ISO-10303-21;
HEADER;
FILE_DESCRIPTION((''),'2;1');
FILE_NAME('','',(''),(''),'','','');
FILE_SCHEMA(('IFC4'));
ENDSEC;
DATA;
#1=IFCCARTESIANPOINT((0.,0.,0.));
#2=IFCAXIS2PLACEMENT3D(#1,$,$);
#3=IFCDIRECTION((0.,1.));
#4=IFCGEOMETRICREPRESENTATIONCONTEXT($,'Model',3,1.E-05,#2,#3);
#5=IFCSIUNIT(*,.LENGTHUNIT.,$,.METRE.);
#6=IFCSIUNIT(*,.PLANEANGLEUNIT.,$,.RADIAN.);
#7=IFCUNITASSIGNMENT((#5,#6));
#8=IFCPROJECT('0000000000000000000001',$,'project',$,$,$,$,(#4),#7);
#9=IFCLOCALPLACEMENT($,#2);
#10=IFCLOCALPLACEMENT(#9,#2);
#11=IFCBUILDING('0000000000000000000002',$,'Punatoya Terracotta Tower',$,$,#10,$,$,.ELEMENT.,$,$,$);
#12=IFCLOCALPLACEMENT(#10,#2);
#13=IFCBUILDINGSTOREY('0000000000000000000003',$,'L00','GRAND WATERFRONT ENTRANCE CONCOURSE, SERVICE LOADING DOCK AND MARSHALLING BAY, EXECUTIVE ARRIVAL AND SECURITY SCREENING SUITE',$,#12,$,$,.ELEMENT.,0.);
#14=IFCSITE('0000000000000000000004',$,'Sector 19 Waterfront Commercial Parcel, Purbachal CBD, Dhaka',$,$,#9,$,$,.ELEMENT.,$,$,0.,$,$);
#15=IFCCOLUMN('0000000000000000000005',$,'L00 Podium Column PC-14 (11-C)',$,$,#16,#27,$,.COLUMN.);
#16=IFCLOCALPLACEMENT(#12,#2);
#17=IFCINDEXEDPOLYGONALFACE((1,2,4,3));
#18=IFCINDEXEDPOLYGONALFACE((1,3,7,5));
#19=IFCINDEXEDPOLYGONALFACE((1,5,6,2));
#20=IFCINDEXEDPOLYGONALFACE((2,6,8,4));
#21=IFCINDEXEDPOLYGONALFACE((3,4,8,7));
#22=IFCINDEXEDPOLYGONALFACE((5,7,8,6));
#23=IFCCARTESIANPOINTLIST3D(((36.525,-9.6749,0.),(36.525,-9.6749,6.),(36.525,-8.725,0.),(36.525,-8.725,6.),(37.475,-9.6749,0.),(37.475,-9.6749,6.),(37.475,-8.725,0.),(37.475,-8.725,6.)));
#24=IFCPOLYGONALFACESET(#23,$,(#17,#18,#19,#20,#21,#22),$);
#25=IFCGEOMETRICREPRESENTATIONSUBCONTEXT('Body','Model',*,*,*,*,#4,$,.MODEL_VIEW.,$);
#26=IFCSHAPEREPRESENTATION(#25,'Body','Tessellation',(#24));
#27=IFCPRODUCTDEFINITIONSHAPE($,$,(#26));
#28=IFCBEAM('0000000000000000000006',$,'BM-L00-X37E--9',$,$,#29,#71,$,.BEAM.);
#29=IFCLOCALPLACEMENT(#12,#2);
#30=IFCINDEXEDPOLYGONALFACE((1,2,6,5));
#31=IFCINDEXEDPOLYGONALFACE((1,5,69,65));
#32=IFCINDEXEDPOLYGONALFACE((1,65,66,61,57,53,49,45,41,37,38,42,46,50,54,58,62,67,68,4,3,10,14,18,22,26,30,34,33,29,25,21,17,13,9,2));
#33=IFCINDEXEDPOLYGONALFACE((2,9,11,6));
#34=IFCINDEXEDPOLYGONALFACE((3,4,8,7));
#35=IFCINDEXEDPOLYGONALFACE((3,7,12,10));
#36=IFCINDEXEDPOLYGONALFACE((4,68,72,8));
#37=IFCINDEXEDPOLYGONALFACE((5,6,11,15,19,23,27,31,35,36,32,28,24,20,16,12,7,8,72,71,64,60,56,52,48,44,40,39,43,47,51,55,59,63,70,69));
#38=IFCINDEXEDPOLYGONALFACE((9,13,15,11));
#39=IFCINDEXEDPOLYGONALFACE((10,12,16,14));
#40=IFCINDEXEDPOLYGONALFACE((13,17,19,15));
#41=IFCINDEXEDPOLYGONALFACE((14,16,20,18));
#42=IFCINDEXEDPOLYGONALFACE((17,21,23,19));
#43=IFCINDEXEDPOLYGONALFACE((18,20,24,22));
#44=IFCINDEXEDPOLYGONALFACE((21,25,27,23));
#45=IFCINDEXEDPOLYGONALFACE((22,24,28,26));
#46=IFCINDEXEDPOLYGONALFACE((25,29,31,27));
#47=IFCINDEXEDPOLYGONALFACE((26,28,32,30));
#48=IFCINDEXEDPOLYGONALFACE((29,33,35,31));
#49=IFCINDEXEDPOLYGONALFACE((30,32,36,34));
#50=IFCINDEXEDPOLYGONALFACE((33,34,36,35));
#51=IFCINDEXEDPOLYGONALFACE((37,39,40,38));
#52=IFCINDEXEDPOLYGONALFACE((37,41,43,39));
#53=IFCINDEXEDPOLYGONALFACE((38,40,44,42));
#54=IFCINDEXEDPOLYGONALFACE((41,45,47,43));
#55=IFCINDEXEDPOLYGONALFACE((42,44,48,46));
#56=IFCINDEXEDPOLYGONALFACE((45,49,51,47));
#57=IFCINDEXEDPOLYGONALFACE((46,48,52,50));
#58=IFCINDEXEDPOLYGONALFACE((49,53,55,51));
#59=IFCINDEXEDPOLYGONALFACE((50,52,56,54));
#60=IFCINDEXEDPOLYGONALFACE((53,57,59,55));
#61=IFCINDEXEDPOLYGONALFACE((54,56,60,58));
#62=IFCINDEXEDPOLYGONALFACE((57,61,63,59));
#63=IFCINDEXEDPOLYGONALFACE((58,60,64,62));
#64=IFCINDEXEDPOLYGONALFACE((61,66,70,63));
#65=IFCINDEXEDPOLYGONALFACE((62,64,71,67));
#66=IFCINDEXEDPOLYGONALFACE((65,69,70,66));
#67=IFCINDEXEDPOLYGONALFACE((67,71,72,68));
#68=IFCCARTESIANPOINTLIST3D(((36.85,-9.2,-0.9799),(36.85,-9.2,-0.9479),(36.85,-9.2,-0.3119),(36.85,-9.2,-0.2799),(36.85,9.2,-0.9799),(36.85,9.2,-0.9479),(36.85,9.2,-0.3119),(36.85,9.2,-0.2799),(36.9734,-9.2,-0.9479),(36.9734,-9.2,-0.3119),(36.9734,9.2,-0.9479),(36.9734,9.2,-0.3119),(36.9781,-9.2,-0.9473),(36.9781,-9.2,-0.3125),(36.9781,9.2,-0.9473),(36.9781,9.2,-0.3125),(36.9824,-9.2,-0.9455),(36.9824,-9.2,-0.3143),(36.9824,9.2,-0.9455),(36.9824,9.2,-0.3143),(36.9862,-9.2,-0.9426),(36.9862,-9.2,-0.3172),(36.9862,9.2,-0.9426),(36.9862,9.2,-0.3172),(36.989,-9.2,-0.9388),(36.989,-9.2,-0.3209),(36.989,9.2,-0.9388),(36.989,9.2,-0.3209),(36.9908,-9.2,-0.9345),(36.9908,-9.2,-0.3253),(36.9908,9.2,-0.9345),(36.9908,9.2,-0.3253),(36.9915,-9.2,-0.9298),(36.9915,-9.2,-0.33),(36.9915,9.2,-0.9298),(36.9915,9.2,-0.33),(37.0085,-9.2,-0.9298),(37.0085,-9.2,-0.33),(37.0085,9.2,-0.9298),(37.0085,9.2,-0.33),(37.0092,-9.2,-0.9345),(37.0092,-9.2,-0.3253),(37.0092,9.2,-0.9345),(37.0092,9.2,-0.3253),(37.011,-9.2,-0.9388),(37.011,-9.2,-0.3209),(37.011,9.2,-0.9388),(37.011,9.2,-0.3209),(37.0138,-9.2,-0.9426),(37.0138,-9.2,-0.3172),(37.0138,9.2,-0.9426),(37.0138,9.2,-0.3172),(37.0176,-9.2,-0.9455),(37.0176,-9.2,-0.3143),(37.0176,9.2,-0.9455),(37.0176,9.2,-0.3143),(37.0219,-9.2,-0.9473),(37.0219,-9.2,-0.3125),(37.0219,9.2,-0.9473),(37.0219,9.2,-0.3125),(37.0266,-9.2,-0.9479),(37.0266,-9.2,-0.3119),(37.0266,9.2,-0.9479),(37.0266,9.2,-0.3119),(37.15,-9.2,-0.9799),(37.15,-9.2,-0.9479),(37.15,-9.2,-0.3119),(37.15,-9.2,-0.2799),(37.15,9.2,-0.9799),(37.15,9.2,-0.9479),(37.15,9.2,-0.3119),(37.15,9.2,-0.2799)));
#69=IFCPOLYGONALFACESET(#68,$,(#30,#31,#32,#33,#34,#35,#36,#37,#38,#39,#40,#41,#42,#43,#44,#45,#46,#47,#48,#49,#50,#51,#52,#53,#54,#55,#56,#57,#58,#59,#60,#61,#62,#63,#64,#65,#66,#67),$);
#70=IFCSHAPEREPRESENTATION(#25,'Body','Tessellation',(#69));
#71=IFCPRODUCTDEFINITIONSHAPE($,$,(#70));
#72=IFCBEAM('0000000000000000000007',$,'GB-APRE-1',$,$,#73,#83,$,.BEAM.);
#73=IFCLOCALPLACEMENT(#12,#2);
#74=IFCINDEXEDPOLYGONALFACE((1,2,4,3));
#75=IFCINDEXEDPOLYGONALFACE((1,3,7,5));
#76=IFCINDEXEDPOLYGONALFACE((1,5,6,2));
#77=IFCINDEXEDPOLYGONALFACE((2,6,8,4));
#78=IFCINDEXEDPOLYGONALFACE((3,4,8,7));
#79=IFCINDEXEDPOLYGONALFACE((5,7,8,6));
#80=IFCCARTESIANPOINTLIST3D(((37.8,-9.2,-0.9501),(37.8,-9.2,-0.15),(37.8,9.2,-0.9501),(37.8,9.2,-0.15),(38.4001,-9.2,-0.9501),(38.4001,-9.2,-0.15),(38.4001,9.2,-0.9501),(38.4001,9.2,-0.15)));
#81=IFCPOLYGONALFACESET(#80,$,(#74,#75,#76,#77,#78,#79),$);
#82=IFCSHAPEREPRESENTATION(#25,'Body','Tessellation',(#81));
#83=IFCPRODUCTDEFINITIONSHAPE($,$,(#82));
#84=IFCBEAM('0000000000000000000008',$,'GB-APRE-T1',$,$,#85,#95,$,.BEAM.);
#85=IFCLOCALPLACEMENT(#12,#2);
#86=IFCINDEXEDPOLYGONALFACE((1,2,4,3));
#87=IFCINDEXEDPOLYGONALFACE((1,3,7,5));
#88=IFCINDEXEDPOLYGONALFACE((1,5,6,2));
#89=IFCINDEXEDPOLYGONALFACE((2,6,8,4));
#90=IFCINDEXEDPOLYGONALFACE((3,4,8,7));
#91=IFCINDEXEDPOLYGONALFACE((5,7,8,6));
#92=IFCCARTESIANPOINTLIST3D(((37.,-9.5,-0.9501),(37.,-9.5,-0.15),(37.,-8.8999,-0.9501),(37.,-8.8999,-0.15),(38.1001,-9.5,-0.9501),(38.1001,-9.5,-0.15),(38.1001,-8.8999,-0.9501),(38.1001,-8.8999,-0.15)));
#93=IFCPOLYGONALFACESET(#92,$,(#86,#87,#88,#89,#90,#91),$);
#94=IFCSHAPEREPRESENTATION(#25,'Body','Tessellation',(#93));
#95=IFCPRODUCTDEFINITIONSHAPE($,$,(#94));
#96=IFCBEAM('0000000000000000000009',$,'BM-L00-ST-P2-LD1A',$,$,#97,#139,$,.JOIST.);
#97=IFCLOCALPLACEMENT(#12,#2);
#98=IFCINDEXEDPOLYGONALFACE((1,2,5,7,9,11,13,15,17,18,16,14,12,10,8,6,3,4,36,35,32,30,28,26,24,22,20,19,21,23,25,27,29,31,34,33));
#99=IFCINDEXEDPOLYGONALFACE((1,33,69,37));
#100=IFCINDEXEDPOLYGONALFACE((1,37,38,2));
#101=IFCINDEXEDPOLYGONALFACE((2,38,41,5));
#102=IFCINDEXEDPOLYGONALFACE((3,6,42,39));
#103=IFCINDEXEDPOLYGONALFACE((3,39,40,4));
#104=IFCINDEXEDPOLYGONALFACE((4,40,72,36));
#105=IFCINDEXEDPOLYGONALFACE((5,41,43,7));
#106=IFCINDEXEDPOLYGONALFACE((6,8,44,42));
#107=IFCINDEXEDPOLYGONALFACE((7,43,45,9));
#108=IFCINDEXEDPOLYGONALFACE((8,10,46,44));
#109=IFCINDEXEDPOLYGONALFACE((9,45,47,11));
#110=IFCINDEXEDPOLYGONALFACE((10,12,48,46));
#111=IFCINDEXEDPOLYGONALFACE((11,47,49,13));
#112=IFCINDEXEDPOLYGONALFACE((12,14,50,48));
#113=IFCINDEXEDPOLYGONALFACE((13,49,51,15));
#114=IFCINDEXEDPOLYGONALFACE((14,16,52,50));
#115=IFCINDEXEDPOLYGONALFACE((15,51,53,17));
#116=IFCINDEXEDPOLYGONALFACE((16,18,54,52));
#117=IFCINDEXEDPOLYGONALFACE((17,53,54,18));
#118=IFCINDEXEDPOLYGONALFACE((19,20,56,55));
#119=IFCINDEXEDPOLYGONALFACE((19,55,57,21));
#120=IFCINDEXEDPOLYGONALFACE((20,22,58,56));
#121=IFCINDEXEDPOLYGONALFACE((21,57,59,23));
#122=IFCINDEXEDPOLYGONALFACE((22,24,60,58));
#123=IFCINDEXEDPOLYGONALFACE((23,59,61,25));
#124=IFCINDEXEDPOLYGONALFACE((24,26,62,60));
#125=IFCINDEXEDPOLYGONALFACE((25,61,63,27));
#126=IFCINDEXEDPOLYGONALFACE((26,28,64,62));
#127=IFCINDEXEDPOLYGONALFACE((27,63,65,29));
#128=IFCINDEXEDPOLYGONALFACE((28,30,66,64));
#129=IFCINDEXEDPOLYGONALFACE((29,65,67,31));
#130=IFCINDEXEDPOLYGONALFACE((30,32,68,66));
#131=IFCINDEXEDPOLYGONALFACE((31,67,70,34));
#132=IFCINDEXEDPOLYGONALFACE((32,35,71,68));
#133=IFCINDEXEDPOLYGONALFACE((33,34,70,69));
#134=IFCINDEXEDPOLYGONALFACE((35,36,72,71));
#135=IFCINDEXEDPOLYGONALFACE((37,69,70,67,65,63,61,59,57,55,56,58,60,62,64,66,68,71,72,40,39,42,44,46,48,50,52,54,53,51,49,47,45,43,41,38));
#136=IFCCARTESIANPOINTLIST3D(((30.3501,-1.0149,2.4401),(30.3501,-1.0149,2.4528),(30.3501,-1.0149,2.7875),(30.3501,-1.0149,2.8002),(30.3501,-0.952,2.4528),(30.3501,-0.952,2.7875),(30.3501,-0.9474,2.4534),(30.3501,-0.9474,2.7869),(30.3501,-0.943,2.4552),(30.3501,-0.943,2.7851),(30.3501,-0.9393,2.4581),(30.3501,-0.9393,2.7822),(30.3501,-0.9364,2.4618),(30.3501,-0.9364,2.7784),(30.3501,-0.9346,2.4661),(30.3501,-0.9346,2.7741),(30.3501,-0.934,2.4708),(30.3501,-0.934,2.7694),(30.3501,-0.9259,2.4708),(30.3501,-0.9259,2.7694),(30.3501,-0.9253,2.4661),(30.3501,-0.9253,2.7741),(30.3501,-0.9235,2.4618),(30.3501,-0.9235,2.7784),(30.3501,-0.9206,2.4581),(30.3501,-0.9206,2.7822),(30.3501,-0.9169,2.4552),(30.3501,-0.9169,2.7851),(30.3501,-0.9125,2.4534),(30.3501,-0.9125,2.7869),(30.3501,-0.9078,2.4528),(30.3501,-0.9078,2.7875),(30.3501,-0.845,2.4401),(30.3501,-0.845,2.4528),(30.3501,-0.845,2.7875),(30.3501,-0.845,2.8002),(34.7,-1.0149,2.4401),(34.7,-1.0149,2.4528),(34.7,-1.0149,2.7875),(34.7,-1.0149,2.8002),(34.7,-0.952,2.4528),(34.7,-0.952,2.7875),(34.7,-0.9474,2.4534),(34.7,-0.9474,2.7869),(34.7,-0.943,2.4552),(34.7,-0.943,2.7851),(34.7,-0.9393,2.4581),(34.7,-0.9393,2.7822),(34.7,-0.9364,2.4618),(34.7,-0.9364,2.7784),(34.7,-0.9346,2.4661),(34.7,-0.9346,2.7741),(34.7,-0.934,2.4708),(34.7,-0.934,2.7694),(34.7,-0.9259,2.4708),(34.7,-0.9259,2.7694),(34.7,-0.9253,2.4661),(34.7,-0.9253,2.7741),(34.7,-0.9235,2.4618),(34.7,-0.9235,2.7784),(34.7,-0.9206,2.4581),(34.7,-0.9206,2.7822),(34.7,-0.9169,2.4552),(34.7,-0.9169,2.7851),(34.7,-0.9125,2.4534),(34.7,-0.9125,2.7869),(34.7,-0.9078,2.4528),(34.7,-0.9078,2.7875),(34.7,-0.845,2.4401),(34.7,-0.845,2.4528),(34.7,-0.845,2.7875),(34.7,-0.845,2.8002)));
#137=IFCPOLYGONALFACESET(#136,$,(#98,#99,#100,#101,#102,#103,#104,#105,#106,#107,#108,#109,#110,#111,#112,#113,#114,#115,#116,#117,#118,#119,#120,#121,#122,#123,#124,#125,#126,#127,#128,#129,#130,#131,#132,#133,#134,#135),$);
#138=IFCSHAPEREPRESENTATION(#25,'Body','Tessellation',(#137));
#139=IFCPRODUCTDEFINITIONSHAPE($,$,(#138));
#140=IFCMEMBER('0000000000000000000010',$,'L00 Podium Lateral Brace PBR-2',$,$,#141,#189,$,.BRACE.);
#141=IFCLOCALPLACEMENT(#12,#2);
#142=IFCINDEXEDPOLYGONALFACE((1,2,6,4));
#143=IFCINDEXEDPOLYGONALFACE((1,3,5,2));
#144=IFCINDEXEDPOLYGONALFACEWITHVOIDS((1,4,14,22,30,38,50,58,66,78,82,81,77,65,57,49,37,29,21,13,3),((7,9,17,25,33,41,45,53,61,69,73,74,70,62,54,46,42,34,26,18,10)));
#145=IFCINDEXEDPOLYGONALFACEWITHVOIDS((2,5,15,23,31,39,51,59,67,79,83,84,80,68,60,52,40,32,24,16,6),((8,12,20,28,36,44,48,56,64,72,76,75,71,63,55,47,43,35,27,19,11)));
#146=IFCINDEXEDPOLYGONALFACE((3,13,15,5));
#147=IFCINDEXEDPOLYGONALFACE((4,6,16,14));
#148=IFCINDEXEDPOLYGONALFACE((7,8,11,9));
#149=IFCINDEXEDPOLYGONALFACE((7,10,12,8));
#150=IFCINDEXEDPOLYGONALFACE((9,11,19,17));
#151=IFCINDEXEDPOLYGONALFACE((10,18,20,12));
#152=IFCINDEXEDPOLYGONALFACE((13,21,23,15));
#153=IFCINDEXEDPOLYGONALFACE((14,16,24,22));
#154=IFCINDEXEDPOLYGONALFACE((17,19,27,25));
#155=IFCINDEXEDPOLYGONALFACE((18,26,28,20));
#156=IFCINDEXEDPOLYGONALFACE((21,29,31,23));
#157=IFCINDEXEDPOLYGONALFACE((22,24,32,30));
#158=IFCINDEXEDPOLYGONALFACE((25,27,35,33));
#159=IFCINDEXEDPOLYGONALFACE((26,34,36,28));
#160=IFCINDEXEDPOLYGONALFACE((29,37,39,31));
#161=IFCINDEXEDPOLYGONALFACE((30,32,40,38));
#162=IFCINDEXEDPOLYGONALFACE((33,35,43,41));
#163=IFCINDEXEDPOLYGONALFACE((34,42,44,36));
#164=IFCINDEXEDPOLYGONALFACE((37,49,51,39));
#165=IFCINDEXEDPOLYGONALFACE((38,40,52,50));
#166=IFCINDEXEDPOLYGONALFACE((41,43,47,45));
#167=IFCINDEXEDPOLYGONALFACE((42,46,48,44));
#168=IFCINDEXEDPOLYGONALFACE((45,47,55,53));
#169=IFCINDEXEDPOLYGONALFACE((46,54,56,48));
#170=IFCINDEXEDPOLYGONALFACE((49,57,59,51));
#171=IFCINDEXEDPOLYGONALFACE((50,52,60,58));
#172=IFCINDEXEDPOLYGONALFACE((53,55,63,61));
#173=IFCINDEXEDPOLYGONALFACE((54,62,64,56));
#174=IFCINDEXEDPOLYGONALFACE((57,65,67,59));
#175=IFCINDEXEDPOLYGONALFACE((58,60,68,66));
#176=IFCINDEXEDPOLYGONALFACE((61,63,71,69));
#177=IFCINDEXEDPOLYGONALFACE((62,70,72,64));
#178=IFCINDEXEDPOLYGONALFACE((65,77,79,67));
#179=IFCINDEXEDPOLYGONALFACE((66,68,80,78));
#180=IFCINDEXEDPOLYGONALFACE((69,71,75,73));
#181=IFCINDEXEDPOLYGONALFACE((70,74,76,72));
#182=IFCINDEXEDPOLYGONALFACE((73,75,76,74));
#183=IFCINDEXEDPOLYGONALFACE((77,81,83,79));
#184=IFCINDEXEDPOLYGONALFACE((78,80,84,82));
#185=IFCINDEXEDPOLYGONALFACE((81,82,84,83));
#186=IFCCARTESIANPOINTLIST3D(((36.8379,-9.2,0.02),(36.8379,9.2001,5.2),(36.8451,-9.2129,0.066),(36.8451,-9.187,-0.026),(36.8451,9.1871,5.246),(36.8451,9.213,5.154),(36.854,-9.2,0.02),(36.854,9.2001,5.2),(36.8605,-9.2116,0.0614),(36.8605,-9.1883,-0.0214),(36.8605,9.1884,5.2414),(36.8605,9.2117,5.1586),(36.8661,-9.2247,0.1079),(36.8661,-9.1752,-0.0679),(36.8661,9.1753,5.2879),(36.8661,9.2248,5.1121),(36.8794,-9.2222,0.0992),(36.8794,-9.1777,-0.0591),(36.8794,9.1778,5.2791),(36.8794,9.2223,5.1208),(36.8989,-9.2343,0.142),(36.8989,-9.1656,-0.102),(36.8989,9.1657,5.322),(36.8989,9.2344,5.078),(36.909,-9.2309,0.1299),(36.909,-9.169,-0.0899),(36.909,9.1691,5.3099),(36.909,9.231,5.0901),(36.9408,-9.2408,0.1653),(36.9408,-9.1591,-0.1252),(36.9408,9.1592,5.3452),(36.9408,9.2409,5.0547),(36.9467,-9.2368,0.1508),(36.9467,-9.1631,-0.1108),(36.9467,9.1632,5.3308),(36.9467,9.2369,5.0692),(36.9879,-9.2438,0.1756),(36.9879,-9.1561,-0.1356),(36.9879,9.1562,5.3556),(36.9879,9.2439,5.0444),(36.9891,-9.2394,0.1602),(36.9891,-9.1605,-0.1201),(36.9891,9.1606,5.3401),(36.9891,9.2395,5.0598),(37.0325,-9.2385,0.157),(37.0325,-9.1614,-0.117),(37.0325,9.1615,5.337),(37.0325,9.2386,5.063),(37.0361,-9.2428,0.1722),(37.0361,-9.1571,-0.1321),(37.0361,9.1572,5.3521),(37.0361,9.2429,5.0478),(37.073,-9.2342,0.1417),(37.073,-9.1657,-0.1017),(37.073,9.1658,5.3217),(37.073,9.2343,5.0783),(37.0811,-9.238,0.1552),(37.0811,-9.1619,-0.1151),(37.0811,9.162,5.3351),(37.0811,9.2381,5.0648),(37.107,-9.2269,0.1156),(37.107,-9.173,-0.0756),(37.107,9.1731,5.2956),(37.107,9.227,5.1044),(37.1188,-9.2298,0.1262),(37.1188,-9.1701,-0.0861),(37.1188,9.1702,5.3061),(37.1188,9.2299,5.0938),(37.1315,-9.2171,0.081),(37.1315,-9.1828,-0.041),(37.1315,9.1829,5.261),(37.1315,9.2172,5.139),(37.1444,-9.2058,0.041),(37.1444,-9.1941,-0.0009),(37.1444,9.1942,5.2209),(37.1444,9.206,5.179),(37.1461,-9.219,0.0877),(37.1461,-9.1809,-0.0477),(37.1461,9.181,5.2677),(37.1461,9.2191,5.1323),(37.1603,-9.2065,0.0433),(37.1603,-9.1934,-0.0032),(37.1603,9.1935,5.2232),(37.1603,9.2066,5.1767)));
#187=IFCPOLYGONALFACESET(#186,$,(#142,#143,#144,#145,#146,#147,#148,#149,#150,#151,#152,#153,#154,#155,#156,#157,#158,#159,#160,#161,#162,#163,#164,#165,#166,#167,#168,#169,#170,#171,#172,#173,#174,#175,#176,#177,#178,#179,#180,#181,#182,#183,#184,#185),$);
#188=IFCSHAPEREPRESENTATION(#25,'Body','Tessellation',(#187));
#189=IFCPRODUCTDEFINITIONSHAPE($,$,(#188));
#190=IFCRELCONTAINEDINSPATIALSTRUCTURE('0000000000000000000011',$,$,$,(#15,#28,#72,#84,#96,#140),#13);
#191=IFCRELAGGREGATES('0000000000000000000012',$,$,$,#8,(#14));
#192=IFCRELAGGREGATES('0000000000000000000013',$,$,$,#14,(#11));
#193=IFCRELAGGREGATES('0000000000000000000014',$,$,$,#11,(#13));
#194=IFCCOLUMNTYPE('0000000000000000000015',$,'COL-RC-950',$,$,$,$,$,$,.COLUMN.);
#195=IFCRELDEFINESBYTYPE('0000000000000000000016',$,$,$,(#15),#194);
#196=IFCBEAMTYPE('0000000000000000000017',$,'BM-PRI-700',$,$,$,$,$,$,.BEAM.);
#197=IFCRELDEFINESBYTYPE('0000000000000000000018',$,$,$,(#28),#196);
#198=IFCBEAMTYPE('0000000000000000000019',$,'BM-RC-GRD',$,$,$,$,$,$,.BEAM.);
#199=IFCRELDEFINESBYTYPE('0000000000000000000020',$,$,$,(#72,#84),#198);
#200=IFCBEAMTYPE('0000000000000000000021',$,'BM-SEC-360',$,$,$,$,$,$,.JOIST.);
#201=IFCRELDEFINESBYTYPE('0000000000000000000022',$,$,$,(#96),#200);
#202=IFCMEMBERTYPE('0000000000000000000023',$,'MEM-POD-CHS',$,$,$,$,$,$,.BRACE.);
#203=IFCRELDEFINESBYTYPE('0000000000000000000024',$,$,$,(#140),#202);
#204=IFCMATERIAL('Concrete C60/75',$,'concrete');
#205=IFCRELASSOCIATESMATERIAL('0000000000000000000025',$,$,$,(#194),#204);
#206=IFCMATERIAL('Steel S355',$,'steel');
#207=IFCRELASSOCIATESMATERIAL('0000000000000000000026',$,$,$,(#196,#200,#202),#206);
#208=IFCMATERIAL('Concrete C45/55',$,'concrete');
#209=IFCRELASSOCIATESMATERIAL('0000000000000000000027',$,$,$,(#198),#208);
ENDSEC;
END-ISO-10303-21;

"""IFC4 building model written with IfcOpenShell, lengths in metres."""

from ifc_helpers import new_model, si_unit, direction, frame, origin, origin_2d, place, context, subcontext, project, spatial, rectangle, hollow_circle, i_section, extrude, material, material_profile, profile_set, type_object, element, save


model = new_model("IFC4")

# Units and contexts
model_context = context("Model", 3, precision=1e-05, world=origin(), true_north=direction((0.0, 1.0)))
body_context = subcontext(model_context, "Body", "Model", "MODEL_VIEW")
ifc_project = project(units=[si_unit("LENGTHUNIT", "METRE"), si_unit("PLANEANGLEUNIT", "RADIAN")], contexts=[model_context])

# Site, building, storey
site_placement = place(None, origin())
site = spatial("IfcSite", under=ifc_project, at=site_placement, Name="Sector 19 Waterfront Commercial Parcel, Purbachal CBD, Dhaka", CompositionType="ELEMENT", RefElevation=0.0)
building_placement = place(site_placement, origin())
building = spatial("IfcBuilding", under=site, at=building_placement, Name="Punatoya Terracotta Tower", CompositionType="ELEMENT")
storey_placement = place(building_placement, origin())
storey = spatial("IfcBuildingStorey", under=building, at=storey_placement, Name="L00", Description="GRAND WATERFRONT ENTRANCE CONCOURSE, SERVICE LOADING DOCK AND MARSHALLING BAY, EXECUTIVE ARRIVAL AND SECURITY SCREENING SUITE", CompositionType="ELEMENT", Elevation=0.0)

# Column
ifc_material_1 = material(Name="Concrete C60/75", Category="concrete")
ifc_material_profile_1 = material_profile(ifc_material_1, rectangle(XDim=0.95, YDim=0.95, at=origin_2d()))
ifc_profile_set_1 = profile_set([ifc_material_profile_1], Name="Concrete C60/75")
column_type = type_object("IfcColumnType", Name="COL-RC-950", PredefinedType="COLUMN", material=ifc_profile_set_1)
column_placement = place(storey_placement, frame((37.0, -9.2, 0.0), z_axis=(0.0, 0.0, 1.0), x_axis=(1.0, 0.0, 0.0)))
element("IfcColumn", 1, at=column_placement, inside=storey, type_object=column_type, Name="L00 Podium Column PC-14 (11-C)", PredefinedType="COLUMN", context=body_context, shape_type="SweptSolid", body=[
    extrude(rectangle(XDim=0.95, YDim=0.95, at=origin_2d()), origin(), (0.0, 0.0, 1.0), 6.0),
])

# Beams
ifc_material_2 = material(Name="Steel S355", Category="steel")
ifc_material_profile_2 = material_profile(ifc_material_2, i_section(OverallWidth=0.3, OverallDepth=0.7, WebThickness=0.0171, FlangeThickness=0.032, FilletRadius=0.0181, at=origin_2d()))
ifc_profile_set_2 = profile_set([ifc_material_profile_2], Name="Steel S355")
beam_type_1 = type_object("IfcBeamType", Name="BM-PRI-700", PredefinedType="BEAM", material=ifc_profile_set_2)
beam_1_placement = place(storey_placement, frame((37.0, -9.2, -0.6299), z_axis=(0.0, 1.0, 0.0), x_axis=(-1.0, 0.0, 0.0)))
element("IfcBeam", 2, at=beam_1_placement, inside=storey, type_object=beam_type_1, Name="BM-L00-X37E--9", PredefinedType="BEAM", context=body_context, shape_type="SweptSolid", body=[
    extrude(i_section(OverallWidth=0.3, OverallDepth=0.7, WebThickness=0.0171, FlangeThickness=0.032, FilletRadius=0.0181, at=origin_2d()), origin(), (0.0, 0.0, 1.0), 18.3999),
])
ifc_material_3 = material(Name="Concrete C45/55", Category="concrete")
ifc_material_profile_3 = material_profile(ifc_material_3, rectangle(XDim=0.6001, YDim=0.8, at=origin_2d()))
ifc_profile_set_3 = profile_set([ifc_material_profile_3], Name="Concrete C45/55")
beam_type_2 = type_object("IfcBeamType", Name="BM-RC-GRD", PredefinedType="BEAM", material=ifc_profile_set_3)
beam_2_placement = place(storey_placement, frame((38.1001, -9.2, -0.55), z_axis=(0.0, 1.0, 0.0), x_axis=(-1.0, 0.0, 0.0)))
element("IfcBeam", 3, at=beam_2_placement, inside=storey, type_object=beam_type_2, Name="GB-APRE-1", PredefinedType="BEAM", context=body_context, shape_type="SweptSolid", body=[
    extrude(rectangle(XDim=0.6001, YDim=0.8, at=origin_2d()), origin(), (0.0, 0.0, 1.0), 18.3999),
])
beam_3_placement = place(storey_placement, frame((37.0, -9.2, -0.55), z_axis=(1.0, 0.0, 0.0), x_axis=(0.0, 1.0, 0.0)))
element("IfcBeam", 4, at=beam_3_placement, inside=storey, type_object=beam_type_2, Name="GB-APRE-T1", PredefinedType="BEAM", context=body_context, shape_type="SweptSolid", body=[
    extrude(rectangle(XDim=0.6001, YDim=0.8, at=origin_2d()), origin(), (0.0, 0.0, 1.0), 1.1001),
])
ifc_material_profile_4 = material_profile(ifc_material_2, i_section(OverallWidth=0.1699, OverallDepth=0.3601, WebThickness=0.0081, FlangeThickness=0.0127, FilletRadius=0.0181, at=origin_2d()))
ifc_profile_set_4 = profile_set([ifc_material_profile_4], Name="Steel S355")
beam_type_3 = type_object("IfcBeamType", Name="BM-SEC-360", PredefinedType="JOIST", material=ifc_profile_set_4)
beam_4_placement = place(storey_placement, frame((30.3501, -0.9299, 2.6201), z_axis=(1.0, 0.0, 0.0), x_axis=(0.0, 1.0, 0.0)))
element("IfcBeam", 5, at=beam_4_placement, inside=storey, type_object=beam_type_3, Name="BM-L00-ST-P2-LD1A", PredefinedType="JOIST", context=body_context, shape_type="SweptSolid", body=[
    extrude(i_section(OverallWidth=0.1699, OverallDepth=0.3601, WebThickness=0.0081, FlangeThickness=0.0127, FilletRadius=0.0181, at=origin_2d()), origin(), (0.0, 0.0, 1.0), 4.3499),
])

# Member
ifc_material_profile_5 = material_profile(ifc_material_2, hollow_circle(Radius=0.1621, WallThickness=0.0161, at=origin_2d()))
ifc_profile_set_5 = profile_set([ifc_material_profile_5], Name="Steel S355")
member_type = type_object("IfcMemberType", Name="MEM-POD-CHS", PredefinedType="BRACE", material=ifc_profile_set_5)
member_placement = place(storey_placement, frame((37.0, -9.2, 0.02), z_axis=(0.0, 0.962583, 0.270986), x_axis=(-1.0, 0.0, 0.0)))
element("IfcMember", 6, at=member_placement, inside=storey, type_object=member_type, Name="L00 Podium Lateral Brace PBR-2", PredefinedType="BRACE", context=body_context, shape_type="SweptSolid", body=[
    extrude(hollow_circle(Radius=0.1621, WallThickness=0.0161, at=origin_2d()), origin(), (0.0, 0.0, 1.0), 19.1152),
])

save(model, "model.ifc")
